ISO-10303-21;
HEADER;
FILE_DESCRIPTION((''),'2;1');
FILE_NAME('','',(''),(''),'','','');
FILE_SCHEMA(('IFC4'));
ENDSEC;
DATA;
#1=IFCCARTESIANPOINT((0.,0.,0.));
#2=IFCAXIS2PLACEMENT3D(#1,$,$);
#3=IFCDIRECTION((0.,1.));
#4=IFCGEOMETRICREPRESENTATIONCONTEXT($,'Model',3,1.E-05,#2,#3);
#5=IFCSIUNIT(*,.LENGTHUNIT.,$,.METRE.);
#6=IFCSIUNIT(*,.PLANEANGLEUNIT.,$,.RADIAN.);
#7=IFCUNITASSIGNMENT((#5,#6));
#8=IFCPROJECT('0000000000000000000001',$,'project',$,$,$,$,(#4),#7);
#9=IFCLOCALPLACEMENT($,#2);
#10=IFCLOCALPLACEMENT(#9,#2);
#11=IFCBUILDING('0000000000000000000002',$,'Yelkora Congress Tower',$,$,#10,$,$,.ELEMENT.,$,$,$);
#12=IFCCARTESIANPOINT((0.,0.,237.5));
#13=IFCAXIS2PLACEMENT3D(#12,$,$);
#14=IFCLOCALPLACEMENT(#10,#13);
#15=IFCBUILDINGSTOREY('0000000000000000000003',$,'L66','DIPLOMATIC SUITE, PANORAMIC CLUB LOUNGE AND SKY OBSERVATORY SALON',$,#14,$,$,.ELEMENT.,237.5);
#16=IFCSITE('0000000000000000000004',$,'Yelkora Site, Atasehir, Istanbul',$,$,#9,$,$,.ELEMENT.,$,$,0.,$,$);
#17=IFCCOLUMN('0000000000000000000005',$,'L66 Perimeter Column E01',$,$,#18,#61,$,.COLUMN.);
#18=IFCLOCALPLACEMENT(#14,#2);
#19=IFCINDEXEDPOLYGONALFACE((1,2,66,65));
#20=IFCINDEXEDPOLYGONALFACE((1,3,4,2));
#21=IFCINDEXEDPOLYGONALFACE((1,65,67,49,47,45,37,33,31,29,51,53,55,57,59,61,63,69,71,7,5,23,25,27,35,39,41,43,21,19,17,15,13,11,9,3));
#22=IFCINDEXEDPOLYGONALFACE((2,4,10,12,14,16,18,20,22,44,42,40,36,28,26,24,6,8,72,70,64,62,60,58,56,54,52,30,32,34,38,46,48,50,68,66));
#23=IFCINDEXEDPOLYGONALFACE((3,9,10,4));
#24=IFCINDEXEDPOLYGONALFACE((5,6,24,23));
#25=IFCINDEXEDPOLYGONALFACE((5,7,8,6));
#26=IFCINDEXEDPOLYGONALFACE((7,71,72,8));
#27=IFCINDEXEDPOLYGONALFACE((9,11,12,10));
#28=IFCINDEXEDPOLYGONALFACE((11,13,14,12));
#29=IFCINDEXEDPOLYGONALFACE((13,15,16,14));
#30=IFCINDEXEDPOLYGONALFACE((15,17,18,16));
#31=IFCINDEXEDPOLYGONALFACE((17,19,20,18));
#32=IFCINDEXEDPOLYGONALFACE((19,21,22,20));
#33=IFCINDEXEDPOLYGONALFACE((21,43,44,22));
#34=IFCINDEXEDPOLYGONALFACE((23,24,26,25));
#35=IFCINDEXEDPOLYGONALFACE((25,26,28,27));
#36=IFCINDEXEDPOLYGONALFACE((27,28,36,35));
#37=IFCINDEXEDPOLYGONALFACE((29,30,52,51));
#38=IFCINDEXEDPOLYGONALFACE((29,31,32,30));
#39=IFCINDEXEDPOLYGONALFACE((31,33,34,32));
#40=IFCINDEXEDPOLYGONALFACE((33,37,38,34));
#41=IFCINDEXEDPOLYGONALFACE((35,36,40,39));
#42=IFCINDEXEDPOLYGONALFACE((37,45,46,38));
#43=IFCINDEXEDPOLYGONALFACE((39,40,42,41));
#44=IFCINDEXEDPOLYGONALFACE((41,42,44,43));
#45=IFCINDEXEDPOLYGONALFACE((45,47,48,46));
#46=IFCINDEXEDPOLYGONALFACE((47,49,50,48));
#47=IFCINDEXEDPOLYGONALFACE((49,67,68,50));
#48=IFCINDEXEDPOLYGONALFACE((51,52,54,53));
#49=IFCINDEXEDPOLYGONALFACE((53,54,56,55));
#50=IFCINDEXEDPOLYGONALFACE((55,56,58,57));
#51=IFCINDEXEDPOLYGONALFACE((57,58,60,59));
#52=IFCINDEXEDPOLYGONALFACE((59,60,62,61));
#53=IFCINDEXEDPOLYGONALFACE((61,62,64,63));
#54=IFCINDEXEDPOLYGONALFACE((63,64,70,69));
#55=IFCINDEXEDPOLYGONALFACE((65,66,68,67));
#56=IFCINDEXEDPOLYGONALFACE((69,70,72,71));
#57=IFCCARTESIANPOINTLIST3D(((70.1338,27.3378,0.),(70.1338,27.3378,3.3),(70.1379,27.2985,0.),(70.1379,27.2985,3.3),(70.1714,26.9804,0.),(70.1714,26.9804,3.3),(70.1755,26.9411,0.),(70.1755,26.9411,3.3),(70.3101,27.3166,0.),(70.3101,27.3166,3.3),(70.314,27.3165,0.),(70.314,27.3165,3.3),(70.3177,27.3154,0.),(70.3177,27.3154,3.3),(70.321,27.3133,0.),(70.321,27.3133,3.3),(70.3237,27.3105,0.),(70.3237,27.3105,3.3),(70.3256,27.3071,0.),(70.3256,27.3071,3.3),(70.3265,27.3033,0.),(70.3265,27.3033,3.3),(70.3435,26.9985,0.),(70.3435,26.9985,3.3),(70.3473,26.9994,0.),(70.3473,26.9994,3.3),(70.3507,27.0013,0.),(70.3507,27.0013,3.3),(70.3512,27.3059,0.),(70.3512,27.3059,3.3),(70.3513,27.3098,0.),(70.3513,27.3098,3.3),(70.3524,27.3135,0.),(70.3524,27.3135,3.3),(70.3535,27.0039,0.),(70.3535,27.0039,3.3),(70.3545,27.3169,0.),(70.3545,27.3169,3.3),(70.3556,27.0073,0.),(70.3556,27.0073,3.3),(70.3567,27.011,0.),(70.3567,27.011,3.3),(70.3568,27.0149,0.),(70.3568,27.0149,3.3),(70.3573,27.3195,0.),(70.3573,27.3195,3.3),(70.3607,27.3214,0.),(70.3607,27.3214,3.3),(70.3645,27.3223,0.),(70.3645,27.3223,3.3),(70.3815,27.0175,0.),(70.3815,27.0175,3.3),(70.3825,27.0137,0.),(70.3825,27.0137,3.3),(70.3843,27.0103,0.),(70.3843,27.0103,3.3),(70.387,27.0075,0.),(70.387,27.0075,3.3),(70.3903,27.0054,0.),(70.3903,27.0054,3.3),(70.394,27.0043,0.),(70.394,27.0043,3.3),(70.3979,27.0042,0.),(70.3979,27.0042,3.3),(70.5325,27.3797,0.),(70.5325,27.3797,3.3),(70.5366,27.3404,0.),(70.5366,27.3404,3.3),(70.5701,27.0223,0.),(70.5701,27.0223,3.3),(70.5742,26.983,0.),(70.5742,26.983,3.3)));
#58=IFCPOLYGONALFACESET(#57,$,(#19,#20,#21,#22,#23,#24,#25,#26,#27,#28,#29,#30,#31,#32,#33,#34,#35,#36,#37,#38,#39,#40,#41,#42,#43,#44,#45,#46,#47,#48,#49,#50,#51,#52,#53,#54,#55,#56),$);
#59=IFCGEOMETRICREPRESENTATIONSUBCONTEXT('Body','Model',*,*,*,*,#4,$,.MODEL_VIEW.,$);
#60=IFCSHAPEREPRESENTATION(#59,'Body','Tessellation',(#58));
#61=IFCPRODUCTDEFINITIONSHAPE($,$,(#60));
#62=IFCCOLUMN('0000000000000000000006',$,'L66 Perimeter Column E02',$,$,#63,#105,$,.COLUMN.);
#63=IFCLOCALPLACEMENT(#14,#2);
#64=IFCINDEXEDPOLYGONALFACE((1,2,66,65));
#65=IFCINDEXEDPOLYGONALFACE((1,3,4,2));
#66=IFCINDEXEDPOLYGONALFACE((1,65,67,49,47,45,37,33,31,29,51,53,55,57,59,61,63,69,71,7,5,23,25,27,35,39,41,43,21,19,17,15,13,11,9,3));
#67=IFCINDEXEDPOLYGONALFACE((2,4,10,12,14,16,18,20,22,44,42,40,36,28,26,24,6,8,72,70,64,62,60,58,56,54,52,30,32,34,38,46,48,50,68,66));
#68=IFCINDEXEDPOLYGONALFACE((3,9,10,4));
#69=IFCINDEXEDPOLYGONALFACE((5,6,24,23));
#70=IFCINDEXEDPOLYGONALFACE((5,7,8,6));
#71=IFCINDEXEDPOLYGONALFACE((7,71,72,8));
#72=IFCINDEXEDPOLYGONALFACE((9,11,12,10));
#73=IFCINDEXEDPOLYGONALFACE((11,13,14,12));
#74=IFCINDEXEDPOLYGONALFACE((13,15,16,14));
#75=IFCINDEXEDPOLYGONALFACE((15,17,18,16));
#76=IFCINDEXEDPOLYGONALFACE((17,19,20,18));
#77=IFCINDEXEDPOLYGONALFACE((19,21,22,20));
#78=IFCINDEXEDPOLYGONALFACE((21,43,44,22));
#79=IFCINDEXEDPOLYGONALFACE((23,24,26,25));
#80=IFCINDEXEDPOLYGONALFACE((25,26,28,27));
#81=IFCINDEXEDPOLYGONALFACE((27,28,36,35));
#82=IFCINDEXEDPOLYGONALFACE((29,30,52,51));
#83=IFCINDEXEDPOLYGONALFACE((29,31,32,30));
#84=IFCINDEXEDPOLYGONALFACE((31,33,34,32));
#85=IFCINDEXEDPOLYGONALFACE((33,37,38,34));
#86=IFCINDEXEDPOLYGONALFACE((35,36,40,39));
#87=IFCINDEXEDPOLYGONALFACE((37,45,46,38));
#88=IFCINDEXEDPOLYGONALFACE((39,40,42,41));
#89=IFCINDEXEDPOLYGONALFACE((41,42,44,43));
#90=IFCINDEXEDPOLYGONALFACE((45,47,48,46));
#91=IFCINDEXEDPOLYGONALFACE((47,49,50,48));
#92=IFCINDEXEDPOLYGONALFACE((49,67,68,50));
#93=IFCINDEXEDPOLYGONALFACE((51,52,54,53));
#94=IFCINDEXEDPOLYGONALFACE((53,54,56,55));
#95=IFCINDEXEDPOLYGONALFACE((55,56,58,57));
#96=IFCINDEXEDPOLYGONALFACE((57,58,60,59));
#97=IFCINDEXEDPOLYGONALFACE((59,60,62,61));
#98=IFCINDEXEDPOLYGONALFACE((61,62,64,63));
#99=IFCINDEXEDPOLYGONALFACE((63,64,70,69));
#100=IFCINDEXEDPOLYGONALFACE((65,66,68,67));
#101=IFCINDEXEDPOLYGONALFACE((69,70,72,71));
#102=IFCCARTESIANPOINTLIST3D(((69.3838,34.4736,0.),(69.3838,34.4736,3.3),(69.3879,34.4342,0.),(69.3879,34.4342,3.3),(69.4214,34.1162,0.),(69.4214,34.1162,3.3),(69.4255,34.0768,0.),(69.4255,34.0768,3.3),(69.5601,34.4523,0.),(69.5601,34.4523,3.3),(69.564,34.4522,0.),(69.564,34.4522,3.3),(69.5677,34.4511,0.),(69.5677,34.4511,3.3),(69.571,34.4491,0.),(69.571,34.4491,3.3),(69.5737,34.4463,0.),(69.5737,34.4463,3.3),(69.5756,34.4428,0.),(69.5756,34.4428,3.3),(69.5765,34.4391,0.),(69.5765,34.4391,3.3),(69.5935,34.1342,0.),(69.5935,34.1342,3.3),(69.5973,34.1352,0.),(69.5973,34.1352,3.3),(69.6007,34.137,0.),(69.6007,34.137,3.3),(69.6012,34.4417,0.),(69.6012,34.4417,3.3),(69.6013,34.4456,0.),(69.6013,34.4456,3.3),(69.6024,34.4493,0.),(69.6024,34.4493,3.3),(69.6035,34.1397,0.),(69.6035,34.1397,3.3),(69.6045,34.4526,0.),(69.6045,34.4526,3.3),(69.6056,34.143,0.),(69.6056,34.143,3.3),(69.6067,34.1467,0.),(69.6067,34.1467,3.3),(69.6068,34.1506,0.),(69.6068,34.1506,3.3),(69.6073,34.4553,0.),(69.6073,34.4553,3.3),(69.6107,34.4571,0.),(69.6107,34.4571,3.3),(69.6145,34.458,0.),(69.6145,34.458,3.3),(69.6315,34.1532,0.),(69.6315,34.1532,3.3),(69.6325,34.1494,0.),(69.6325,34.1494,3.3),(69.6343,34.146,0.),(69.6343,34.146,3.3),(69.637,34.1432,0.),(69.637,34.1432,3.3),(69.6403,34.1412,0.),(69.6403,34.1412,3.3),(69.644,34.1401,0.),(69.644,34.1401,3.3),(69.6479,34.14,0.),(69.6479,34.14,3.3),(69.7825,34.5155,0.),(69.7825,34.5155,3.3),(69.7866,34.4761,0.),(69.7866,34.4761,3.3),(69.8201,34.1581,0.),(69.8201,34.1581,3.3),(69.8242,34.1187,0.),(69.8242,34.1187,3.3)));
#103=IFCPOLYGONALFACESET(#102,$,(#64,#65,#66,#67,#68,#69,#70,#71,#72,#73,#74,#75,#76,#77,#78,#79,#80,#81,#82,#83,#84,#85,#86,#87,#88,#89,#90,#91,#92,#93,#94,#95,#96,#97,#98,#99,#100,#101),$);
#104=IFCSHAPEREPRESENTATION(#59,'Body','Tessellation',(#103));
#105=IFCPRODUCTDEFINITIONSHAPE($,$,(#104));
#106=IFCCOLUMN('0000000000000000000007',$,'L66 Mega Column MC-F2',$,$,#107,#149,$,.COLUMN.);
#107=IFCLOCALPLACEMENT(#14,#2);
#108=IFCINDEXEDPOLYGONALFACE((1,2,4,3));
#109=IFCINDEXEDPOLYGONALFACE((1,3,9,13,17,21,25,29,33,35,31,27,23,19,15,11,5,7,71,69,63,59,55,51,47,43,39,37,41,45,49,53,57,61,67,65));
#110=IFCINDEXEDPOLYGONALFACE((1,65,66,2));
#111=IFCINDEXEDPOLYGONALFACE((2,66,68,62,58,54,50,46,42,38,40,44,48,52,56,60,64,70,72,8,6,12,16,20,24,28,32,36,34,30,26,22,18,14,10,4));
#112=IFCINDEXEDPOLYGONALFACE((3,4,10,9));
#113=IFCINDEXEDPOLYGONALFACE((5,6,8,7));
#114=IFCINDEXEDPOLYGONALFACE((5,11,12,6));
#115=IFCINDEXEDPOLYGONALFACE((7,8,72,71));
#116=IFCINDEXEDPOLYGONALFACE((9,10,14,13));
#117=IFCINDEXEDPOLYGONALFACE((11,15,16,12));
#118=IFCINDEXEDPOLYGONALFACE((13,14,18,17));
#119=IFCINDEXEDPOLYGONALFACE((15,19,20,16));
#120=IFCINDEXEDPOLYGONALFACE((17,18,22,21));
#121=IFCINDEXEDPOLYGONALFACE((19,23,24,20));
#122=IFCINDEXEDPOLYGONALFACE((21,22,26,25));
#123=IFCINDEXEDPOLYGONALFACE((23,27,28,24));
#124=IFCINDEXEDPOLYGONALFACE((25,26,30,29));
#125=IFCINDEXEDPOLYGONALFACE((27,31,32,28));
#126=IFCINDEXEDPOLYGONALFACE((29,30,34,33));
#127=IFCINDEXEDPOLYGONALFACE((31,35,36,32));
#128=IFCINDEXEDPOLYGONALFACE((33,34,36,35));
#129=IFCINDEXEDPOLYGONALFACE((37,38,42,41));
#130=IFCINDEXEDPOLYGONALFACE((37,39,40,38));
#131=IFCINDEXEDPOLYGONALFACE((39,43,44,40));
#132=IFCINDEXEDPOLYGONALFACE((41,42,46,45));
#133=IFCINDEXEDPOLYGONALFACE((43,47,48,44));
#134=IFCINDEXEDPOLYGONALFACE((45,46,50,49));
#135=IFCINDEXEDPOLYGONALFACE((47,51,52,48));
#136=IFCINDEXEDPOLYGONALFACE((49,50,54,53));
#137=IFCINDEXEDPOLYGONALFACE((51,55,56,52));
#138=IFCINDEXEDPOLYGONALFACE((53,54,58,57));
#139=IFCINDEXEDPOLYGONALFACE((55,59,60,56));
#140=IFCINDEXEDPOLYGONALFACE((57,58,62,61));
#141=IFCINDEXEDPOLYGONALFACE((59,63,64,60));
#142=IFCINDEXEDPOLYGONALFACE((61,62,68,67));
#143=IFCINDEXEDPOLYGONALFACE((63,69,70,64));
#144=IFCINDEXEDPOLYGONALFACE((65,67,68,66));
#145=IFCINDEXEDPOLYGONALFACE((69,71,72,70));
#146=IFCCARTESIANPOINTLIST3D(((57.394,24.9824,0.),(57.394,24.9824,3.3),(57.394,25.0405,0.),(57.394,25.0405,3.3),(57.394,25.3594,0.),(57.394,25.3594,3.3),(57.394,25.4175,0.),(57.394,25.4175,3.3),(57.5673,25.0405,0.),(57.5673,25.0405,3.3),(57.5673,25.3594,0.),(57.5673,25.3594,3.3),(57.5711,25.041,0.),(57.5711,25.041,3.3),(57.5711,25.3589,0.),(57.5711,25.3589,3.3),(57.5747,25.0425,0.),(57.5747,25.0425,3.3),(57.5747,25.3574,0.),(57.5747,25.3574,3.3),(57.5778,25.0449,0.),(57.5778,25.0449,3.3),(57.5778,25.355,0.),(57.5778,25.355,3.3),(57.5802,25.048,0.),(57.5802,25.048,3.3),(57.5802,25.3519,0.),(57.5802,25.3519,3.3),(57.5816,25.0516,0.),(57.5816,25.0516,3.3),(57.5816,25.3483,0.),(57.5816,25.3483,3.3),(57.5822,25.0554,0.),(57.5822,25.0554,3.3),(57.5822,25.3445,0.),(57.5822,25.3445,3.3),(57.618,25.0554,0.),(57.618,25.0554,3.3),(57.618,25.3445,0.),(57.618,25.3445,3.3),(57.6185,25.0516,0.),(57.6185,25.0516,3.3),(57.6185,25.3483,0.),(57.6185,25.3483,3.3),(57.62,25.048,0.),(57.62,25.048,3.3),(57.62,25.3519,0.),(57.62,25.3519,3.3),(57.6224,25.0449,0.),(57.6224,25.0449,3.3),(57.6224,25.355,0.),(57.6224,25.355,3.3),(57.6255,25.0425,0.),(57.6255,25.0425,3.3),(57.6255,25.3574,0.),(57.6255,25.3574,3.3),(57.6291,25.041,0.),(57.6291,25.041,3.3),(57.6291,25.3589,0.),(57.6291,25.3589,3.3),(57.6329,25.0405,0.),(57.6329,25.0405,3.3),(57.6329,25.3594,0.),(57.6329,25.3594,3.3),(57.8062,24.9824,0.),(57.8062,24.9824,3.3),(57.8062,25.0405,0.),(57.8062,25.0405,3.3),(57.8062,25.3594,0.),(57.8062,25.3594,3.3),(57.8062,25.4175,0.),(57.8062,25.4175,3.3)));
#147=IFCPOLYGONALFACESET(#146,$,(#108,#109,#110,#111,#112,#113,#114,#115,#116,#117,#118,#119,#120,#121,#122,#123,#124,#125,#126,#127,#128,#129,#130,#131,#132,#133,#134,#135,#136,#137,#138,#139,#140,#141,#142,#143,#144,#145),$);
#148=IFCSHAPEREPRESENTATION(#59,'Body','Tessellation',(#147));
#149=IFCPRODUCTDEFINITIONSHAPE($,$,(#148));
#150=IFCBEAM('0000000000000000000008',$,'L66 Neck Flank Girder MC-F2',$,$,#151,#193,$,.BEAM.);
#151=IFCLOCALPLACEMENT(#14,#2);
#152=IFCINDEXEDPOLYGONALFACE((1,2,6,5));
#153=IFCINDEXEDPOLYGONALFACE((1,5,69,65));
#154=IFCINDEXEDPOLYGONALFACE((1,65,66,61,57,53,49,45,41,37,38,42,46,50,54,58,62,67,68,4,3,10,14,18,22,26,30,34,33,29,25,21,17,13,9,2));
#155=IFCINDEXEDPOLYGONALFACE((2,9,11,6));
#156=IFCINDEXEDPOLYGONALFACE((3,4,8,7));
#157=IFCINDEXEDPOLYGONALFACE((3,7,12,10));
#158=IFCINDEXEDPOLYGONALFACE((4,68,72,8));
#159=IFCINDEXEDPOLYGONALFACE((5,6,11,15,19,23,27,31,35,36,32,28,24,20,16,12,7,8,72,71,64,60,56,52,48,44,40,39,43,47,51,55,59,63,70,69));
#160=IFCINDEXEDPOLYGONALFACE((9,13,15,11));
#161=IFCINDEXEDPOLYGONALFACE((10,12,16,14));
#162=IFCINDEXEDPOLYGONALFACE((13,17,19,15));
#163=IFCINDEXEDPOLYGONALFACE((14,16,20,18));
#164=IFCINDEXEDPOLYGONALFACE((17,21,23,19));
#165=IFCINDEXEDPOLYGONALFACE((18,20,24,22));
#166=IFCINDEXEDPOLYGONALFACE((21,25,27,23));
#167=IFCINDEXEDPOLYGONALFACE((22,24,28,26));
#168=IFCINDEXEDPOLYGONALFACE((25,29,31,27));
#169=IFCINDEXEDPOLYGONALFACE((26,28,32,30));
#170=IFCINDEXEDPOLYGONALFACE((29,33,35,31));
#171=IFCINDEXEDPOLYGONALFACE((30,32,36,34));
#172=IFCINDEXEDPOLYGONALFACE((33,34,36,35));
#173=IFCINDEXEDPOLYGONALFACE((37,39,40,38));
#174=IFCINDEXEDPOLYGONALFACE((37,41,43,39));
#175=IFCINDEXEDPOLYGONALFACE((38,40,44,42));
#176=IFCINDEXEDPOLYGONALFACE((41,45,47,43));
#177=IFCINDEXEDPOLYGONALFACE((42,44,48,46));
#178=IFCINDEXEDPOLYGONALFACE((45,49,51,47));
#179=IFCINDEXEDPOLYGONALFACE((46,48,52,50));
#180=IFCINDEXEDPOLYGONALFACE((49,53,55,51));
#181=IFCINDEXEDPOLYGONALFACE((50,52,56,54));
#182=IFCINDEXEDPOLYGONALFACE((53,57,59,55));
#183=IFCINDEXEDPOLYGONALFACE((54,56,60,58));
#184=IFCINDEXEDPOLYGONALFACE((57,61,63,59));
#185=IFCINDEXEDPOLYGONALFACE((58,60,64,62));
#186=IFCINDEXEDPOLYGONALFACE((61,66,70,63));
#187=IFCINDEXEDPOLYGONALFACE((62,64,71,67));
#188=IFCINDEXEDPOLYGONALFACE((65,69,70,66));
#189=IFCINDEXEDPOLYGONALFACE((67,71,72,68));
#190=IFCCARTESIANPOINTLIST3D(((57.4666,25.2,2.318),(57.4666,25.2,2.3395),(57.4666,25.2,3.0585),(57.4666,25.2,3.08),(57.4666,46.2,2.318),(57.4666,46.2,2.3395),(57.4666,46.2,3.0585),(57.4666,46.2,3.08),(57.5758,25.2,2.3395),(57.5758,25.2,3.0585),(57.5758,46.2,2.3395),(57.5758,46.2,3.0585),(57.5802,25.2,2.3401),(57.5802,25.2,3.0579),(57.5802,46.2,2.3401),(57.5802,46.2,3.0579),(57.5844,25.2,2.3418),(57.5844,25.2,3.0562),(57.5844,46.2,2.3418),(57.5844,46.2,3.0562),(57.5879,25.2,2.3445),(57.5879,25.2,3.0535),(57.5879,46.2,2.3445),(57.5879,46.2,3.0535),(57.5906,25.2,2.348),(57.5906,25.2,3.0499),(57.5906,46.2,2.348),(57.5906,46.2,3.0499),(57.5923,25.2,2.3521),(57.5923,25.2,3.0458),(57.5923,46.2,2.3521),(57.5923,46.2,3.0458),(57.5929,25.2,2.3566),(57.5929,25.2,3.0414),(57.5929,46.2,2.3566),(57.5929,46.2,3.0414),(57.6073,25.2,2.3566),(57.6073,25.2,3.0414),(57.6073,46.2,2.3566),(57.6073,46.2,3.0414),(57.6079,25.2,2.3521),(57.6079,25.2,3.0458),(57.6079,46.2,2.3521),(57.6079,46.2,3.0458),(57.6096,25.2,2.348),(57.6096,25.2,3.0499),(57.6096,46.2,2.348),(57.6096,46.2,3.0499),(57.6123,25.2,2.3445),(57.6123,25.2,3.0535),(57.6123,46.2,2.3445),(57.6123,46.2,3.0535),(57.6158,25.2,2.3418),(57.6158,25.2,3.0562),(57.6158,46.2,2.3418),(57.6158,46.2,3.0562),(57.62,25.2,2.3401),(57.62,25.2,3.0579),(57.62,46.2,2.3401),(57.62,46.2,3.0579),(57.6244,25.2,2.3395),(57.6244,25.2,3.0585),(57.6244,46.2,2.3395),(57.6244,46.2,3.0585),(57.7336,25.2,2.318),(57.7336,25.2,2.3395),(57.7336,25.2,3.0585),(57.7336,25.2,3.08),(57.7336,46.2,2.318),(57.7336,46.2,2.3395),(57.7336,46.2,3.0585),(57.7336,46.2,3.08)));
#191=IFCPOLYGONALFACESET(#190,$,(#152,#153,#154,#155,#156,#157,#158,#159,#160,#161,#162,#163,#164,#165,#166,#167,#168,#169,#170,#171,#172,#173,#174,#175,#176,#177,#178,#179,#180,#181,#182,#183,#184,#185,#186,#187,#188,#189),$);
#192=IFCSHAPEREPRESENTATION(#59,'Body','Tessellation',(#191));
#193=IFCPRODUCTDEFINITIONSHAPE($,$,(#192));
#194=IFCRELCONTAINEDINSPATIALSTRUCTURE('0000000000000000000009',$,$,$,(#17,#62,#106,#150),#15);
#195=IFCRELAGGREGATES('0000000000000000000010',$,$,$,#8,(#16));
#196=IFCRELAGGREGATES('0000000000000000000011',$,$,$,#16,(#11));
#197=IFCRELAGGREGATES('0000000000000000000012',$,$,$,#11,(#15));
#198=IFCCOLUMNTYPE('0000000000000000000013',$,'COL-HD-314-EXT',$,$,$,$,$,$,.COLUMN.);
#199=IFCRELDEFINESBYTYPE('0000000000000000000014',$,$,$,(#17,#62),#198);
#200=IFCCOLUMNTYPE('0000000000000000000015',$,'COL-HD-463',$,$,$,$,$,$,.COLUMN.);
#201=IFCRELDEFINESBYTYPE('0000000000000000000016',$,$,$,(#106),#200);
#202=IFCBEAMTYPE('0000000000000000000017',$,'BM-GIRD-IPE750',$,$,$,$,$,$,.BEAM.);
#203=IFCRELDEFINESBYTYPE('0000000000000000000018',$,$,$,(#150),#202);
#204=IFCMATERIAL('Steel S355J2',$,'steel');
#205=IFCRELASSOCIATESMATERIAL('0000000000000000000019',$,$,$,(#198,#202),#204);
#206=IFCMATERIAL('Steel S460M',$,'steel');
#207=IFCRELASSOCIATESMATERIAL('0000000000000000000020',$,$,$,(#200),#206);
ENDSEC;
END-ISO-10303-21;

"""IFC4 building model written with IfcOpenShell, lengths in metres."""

from ifc_helpers import new_model, si_unit, direction, frame, origin, origin_2d, place, context, subcontext, project, spatial, i_section, extrude, material, material_profile, profile_set, type_object, element, save


model = new_model("IFC4")

# Units and contexts
model_context = context("Model", 3, precision=1e-05, world=origin(), true_north=direction((0.0, 1.0)))
body_context = subcontext(model_context, "Body", "Model", "MODEL_VIEW")
ifc_project = project(units=[si_unit("LENGTHUNIT", "METRE"), si_unit("PLANEANGLEUNIT", "RADIAN")], contexts=[model_context])

# Site, building, storey
site_placement = place(None, origin())
site = spatial("IfcSite", under=ifc_project, at=site_placement, Name="Yelkora Site, Atasehir, Istanbul", CompositionType="ELEMENT", RefElevation=0.0)
building_placement = place(site_placement, origin())
building = spatial("IfcBuilding", under=site, at=building_placement, Name="Yelkora Congress Tower", CompositionType="ELEMENT")
storey_placement = place(building_placement, frame((0.0, 0.0, 237.5)))
storey = spatial("IfcBuildingStorey", under=building, at=storey_placement, Name="L66", Description="DIPLOMATIC SUITE, PANORAMIC CLUB LOUNGE AND SKY OBSERVATORY SALON", CompositionType="ELEMENT", Elevation=237.5)

# Columns
ifc_material_1 = material(Name="Steel S355J2", Category="steel")
ifc_material_profile_1 = material_profile(ifc_material_1, i_section(OverallWidth=0.4009, OverallDepth=0.3989, WebThickness=0.0249, FlangeThickness=0.0396, FilletRadius=0.0149, at=origin_2d()), Name="HD 400x314")
ifc_profile_set_1 = profile_set([ifc_material_profile_1], Name="Steel S355J2")
column_type_1 = type_object("IfcColumnType", Name="COL-HD-314-EXT", PredefinedType="COLUMN", material=ifc_profile_set_1)
for number, where, z_axis, x_axis, name in (
    (1, (70.354, 27.1604, 0.0), (0.0, 0.0, 1.0), (0.994522, 0.104528, 0.0), "L66 Perimeter Column E01"),
    (2, (69.604, 34.2961, 0.0), (0.0, 0.0, 1.0), (0.994522, 0.104528, 0.0), "L66 Perimeter Column E02"),
):
    element("IfcColumn", number, at=place(storey_placement, frame(where, z_axis=z_axis, x_axis=x_axis)), inside=storey, type_object=column_type_1, Name=name, PredefinedType="COLUMN", context=body_context, shape_type="SweptSolid", body=[
        extrude(i_section(OverallWidth=0.4009, OverallDepth=0.3989, WebThickness=0.0249, FlangeThickness=0.0396, FilletRadius=0.0149, at=origin_2d()), origin(), (0.0, 0.0, 1.0), 3.3),
    ])
ifc_material_2 = material(Name="Steel S460M", Category="steel")
ifc_material_profile_2 = material_profile(ifc_material_2, i_section(OverallWidth=0.4121, OverallDepth=0.4351, WebThickness=0.0359, FlangeThickness=0.0581, FilletRadius=0.0149, at=origin_2d()), Name="HD 400x463")
ifc_profile_set_2 = profile_set([ifc_material_profile_2], Name="Steel S460M")
column_type_2 = type_object("IfcColumnType", Name="COL-HD-463", PredefinedType="COLUMN", material=ifc_profile_set_2)
column_placement = place(storey_placement, frame((57.6001, 25.2, 0.0), z_axis=(0.0, 0.0, 1.0), x_axis=(1.0, 0.0, 0.0)))
element("IfcColumn", 3, at=column_placement, inside=storey, type_object=column_type_2, Name="L66 Mega Column MC-F2", PredefinedType="COLUMN", context=body_context, shape_type="SweptSolid", body=[
    extrude(i_section(OverallWidth=0.4121, OverallDepth=0.4351, WebThickness=0.0359, FlangeThickness=0.0581, FilletRadius=0.0149, at=origin_2d()), origin(), (0.0, 0.0, 1.0), 3.3),
])

# Beam
ifc_material_profile_3 = material_profile(ifc_material_1, i_section(OverallWidth=0.2671, OverallDepth=0.762, WebThickness=0.0144, FlangeThickness=0.0215, FilletRadius=0.0171, at=origin_2d()), Name="IPE 750x173")
ifc_profile_set_3 = profile_set([ifc_material_profile_3], Name="Steel S355J2")
beam_type_1 = type_object("IfcBeamType", Name="BM-GIRD-IPE750", PredefinedType="BEAM", material=ifc_profile_set_3)
beam_1_placement = place(storey_placement, frame((57.6001, 25.2, 2.699), z_axis=(0.0, 1.0, 0.0), x_axis=(-1.0, 0.0, 0.0)))
element("IfcBeam", 4, at=beam_1_placement, inside=storey, type_object=beam_type_1, Name="L66 Neck Flank Girder MC-F2", PredefinedType="BEAM", context=body_context, shape_type="SweptSolid", body=[
    extrude(i_section(OverallWidth=0.2671, OverallDepth=0.762, WebThickness=0.0144, FlangeThickness=0.0215, FilletRadius=0.0171, at=origin_2d()), origin(), (0.0, 0.0, 1.0), 21.0),
])

save(model, "model.ifc")
